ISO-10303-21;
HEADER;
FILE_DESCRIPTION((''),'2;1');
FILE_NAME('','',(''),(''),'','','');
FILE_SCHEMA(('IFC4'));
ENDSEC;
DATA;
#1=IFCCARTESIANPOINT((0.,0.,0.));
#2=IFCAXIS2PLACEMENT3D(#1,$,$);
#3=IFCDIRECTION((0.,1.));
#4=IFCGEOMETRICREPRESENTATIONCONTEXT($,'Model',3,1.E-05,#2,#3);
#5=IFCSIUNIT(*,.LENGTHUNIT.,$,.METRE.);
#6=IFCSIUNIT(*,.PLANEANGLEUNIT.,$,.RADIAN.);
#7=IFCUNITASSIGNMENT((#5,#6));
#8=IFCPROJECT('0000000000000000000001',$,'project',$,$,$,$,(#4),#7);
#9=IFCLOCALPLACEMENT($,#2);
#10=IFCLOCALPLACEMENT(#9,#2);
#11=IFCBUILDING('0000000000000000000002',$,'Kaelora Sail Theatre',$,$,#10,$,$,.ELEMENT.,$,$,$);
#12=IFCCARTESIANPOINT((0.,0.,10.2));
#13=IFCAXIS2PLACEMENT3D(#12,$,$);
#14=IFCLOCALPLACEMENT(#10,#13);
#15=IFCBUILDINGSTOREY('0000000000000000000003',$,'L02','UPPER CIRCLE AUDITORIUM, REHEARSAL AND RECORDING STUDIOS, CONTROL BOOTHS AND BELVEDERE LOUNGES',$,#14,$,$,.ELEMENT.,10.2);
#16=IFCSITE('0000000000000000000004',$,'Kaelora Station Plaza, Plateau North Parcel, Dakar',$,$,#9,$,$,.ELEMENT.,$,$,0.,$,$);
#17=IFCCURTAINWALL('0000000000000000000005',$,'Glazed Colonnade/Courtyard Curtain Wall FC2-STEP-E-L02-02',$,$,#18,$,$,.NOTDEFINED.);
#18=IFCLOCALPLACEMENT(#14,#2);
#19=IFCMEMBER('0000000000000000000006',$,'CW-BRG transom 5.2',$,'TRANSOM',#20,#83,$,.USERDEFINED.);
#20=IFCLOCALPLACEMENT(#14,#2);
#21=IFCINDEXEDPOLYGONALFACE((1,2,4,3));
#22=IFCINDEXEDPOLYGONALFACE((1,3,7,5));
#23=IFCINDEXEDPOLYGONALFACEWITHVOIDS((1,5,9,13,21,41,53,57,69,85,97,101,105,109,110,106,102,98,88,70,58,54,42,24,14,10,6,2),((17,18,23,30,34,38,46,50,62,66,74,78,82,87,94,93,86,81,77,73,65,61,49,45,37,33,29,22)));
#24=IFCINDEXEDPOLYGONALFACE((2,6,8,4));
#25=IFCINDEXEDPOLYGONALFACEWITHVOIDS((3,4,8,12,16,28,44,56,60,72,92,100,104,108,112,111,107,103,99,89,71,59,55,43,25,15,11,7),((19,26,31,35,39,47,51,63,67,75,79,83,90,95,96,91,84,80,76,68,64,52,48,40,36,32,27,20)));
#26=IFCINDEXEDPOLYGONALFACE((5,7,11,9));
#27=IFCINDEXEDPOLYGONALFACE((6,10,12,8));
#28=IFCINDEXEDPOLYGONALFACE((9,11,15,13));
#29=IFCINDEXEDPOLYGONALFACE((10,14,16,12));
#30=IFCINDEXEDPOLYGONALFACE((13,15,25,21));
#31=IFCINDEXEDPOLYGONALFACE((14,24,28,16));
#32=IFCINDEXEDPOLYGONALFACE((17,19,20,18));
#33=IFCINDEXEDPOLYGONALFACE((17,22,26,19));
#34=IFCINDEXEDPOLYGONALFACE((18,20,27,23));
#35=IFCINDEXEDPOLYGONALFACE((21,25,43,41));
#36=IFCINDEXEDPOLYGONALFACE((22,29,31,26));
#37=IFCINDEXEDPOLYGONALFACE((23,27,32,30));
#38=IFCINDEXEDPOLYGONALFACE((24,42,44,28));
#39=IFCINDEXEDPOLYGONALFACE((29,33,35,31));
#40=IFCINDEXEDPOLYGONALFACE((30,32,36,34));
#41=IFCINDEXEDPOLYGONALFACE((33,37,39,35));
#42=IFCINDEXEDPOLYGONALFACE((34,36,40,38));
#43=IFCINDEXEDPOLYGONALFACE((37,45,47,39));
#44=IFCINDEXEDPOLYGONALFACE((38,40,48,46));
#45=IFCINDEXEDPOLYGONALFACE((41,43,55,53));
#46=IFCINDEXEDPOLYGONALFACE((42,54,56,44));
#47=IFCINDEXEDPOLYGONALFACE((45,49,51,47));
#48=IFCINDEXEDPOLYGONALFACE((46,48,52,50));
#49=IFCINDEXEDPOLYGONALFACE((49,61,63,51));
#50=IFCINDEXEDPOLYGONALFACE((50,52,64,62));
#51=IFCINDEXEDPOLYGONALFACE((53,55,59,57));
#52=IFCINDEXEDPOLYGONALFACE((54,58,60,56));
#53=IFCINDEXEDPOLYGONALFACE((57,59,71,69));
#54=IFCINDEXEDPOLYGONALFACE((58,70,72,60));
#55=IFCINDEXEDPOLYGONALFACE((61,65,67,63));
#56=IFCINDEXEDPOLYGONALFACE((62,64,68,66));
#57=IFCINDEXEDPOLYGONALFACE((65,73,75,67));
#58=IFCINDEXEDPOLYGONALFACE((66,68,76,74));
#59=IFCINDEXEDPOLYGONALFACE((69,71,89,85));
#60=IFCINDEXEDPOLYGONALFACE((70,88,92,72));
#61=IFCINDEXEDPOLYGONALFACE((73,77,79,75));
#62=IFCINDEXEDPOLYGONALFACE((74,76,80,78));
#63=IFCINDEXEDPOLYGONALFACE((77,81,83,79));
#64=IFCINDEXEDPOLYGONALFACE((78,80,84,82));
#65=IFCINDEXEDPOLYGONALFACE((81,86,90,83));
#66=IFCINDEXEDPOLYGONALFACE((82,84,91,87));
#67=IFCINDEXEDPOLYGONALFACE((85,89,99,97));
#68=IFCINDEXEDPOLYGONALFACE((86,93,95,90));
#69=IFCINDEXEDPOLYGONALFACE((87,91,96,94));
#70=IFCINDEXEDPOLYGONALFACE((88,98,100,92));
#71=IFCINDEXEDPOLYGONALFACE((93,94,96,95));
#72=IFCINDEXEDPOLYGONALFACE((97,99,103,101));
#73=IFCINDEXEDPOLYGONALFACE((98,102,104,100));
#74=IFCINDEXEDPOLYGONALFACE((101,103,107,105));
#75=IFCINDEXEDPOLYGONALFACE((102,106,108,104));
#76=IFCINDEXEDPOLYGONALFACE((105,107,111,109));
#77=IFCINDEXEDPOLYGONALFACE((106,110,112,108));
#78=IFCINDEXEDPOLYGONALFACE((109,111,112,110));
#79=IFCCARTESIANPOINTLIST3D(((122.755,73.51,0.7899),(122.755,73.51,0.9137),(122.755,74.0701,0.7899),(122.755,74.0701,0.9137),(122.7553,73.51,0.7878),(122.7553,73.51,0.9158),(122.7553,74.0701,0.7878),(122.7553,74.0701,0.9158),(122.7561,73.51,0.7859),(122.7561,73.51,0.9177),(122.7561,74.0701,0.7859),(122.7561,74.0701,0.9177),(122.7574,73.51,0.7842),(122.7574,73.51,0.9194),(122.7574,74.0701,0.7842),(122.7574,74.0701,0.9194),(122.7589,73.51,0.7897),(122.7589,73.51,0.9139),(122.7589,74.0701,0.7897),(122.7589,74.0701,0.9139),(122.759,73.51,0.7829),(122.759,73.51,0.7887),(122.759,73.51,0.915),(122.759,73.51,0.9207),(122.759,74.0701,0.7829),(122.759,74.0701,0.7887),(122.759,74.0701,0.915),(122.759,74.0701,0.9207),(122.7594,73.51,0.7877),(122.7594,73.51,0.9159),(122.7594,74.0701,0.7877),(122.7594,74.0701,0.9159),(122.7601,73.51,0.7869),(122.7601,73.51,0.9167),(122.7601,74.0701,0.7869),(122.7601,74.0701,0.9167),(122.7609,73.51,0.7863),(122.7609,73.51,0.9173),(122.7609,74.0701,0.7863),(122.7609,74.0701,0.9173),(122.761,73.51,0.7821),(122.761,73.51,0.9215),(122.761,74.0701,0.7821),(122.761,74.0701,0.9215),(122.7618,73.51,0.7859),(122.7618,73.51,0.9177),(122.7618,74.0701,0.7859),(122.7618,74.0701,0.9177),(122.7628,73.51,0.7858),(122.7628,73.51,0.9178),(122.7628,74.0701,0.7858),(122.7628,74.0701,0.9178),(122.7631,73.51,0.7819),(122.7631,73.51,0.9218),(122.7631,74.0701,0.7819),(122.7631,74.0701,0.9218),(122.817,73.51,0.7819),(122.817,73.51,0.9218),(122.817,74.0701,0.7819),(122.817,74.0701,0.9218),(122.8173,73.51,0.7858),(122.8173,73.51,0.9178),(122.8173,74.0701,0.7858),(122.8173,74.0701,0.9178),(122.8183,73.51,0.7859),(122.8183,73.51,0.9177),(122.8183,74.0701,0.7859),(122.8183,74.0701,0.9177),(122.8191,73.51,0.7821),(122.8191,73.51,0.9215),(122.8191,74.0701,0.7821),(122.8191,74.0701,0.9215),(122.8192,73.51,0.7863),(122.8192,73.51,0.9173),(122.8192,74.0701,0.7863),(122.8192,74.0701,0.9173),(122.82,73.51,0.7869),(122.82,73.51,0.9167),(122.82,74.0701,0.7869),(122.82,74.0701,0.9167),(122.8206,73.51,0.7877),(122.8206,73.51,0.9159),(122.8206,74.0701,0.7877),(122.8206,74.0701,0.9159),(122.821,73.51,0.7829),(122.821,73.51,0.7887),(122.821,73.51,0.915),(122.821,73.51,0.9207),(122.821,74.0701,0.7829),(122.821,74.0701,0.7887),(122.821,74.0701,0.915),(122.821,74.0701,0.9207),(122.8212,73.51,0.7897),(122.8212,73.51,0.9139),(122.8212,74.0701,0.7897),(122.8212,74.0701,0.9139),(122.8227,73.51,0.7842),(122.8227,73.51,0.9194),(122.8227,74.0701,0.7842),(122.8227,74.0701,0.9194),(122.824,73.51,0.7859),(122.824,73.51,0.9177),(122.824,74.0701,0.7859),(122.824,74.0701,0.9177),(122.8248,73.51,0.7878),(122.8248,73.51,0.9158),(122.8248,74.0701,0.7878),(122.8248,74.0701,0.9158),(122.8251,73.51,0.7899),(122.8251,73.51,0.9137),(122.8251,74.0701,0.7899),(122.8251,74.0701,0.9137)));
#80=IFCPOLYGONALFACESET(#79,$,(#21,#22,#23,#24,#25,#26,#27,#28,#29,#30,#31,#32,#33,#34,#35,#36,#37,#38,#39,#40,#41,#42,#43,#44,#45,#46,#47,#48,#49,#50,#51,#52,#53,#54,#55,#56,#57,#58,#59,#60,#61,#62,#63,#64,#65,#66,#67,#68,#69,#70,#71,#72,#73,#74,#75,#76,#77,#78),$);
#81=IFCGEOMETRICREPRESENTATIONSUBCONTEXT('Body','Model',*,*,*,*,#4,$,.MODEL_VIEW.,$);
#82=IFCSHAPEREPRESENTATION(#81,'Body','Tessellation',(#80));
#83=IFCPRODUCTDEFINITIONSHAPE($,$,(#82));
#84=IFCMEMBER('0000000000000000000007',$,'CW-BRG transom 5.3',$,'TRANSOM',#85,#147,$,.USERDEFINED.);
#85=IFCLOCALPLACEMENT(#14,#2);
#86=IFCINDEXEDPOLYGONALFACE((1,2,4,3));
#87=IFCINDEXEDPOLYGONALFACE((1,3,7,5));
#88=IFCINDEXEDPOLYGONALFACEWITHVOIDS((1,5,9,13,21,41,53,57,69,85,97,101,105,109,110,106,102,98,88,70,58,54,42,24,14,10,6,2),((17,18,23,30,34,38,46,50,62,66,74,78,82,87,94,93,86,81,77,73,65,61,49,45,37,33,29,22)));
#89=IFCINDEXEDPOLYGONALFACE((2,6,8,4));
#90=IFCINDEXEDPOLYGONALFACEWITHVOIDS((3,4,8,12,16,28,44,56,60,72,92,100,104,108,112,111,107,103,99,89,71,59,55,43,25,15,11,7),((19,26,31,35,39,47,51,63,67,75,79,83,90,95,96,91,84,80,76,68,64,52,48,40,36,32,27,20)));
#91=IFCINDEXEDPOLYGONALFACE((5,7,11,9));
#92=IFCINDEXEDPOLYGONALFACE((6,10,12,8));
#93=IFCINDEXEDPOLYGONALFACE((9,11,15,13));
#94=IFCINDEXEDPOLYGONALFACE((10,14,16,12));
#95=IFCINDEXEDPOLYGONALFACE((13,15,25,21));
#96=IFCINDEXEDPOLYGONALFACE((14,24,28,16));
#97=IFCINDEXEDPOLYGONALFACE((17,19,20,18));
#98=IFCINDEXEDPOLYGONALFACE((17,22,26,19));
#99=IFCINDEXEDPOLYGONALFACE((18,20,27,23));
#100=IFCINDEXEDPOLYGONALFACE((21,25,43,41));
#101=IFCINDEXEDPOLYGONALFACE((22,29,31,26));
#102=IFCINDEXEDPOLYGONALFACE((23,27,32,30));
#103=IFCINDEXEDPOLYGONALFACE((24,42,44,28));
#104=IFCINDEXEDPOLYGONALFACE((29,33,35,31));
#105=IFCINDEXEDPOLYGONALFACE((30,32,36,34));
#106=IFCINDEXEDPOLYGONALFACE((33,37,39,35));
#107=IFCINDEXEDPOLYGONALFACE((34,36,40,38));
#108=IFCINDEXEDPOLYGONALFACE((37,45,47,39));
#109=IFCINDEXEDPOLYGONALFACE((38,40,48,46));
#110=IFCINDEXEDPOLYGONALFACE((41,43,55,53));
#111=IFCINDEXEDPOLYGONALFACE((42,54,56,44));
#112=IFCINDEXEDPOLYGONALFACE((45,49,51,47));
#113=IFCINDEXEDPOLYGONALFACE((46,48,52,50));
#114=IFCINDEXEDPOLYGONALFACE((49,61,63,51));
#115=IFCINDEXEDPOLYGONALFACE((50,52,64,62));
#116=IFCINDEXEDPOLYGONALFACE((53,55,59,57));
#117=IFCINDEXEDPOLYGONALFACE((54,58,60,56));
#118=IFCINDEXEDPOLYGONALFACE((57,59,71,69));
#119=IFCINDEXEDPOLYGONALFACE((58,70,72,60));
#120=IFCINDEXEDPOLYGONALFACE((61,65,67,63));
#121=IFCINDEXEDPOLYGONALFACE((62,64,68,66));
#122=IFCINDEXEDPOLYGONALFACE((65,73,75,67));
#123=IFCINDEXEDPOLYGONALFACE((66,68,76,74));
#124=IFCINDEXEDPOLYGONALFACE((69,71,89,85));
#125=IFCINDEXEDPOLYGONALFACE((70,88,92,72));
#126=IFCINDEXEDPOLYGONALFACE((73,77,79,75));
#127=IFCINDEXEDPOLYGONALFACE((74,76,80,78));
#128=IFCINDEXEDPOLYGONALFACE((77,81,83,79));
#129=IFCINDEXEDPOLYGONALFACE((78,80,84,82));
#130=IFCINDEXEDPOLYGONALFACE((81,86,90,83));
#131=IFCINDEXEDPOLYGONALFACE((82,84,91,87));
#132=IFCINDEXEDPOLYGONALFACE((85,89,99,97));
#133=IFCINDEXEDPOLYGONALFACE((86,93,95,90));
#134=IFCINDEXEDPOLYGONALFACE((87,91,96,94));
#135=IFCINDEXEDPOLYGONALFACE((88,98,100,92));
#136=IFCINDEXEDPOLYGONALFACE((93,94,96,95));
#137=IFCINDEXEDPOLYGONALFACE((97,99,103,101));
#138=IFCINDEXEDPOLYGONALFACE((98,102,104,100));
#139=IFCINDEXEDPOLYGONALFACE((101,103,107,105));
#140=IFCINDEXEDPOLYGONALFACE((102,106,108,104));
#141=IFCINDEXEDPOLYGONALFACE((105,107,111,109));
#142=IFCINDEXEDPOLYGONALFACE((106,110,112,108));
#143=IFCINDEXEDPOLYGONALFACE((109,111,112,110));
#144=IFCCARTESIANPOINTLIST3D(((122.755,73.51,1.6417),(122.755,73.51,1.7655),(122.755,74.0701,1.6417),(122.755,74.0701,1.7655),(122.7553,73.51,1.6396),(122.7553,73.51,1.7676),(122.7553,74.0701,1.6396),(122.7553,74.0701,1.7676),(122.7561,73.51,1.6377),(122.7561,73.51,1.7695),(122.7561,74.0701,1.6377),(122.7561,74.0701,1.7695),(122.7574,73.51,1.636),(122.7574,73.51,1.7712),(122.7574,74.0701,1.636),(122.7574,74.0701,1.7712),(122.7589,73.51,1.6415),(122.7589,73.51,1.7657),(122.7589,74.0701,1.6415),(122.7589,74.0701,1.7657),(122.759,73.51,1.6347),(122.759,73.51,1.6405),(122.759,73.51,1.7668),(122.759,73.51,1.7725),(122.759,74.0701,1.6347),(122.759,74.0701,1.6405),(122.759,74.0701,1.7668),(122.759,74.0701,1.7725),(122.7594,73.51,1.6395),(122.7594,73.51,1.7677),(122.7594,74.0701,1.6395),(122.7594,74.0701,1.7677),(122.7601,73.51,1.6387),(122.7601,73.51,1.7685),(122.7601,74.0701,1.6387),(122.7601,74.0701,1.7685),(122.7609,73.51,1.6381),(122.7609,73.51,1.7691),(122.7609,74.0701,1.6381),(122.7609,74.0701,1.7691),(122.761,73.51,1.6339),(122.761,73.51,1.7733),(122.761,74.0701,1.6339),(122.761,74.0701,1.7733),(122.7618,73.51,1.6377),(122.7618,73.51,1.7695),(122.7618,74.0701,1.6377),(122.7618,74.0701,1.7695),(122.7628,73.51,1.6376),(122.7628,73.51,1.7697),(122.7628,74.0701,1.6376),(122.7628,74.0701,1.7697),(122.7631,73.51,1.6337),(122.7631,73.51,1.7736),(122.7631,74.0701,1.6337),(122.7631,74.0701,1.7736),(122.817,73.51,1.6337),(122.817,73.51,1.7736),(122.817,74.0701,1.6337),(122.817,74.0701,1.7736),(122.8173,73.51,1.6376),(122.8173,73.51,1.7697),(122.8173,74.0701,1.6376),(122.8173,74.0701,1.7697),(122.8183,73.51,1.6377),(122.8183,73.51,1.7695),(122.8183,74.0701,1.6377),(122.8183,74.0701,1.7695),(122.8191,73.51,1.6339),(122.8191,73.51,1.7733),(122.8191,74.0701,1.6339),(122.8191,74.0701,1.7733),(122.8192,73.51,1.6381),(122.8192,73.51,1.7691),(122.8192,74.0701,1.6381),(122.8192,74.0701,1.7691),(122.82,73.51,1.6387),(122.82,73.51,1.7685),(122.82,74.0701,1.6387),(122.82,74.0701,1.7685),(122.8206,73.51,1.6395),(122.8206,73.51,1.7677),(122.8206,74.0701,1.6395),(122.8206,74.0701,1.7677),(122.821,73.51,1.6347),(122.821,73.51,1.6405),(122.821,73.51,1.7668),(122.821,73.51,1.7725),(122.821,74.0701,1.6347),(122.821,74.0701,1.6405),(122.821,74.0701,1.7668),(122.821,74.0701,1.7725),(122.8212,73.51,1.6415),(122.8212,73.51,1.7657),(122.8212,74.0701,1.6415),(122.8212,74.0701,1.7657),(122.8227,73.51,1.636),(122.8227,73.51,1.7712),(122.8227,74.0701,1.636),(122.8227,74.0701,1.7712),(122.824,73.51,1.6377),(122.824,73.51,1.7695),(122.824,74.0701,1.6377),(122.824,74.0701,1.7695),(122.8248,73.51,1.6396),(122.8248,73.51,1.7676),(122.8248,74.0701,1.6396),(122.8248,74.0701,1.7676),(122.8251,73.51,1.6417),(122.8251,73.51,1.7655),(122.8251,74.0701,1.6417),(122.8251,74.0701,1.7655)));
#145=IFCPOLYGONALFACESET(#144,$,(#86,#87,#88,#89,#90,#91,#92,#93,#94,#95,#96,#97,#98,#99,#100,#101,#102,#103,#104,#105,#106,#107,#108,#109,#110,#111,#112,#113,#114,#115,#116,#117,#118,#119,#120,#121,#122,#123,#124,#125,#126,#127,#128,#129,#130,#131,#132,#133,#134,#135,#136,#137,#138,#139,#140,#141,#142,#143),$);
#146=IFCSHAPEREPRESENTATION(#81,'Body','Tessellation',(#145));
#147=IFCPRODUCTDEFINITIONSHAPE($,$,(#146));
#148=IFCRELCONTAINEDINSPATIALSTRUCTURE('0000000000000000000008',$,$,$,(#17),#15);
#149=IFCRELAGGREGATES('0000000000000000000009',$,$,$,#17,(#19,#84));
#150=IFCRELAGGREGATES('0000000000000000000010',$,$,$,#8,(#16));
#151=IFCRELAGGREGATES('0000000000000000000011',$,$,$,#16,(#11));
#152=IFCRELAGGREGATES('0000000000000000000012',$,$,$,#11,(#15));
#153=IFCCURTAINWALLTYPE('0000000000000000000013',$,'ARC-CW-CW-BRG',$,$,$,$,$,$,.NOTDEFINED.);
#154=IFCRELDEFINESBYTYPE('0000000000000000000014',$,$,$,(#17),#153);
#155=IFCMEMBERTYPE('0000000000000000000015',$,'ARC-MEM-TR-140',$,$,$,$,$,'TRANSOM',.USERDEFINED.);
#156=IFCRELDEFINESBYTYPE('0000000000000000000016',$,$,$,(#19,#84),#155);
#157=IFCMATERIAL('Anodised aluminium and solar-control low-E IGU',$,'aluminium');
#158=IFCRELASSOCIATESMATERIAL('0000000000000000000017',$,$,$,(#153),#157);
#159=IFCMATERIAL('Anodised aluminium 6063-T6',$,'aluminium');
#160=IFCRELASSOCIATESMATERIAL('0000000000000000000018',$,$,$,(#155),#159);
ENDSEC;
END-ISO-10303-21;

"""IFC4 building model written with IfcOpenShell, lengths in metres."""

from ifc_helpers import new_model, si_unit, direction, frame, origin, origin_2d, place, context, subcontext, project, spatial, hollow_rectangle, extrude, material, material_profile, profile_set, type_object, element, aggregate, save


model = new_model("IFC4")

# Units and contexts
model_context = context("Model", 3, precision=1e-05, world=origin(), true_north=direction((0.0, 1.0)))
body_context = subcontext(model_context, "Body", "Model", "MODEL_VIEW")
ifc_project = project(units=[si_unit("LENGTHUNIT", "METRE"), si_unit("PLANEANGLEUNIT", "RADIAN")], contexts=[model_context])

# Site, building, storey
site_placement = place(None, origin())
site = spatial("IfcSite", under=ifc_project, at=site_placement, Name="Kaelora Station Plaza, Plateau North Parcel, Dakar", CompositionType="ELEMENT", RefElevation=0.0)
building_placement = place(site_placement, origin())
building = spatial("IfcBuilding", under=site, at=building_placement, Name="Kaelora Sail Theatre", CompositionType="ELEMENT")
storey_placement = place(building_placement, frame((0.0, 0.0, 10.2)))
storey = spatial("IfcBuildingStorey", under=building, at=storey_placement, Name="L02", Description="UPPER CIRCLE AUDITORIUM, REHEARSAL AND RECORDING STUDIOS, CONTROL BOOTHS AND BELVEDERE LOUNGES", CompositionType="ELEMENT", Elevation=10.2)

# Curtain wall
ifc_material_1 = material(Name="Anodised aluminium and solar-control low-E IGU", Category="aluminium")
curtain_wall_type = type_object("IfcCurtainWallType", Name="ARC-CW-CW-BRG", PredefinedType="NOTDEFINED", material=ifc_material_1)
curtain_wall_1_placement = place(storey_placement, origin())
curtain_wall_1 = element("IfcCurtainWall", 1, at=curtain_wall_1_placement, inside=storey, type_object=curtain_wall_type, Name="Glazed Colonnade/Courtyard Curtain Wall FC2-STEP-E-L02-02", PredefinedType="NOTDEFINED")

# Members
ifc_material_2 = material(Name="Anodised aluminium 6063-T6", Category="aluminium")
ifc_material_profile_1 = material_profile(ifc_material_2, hollow_rectangle(XDim=0.0701, YDim=0.1399, WallThickness=0.0039, InnerFilletRadius=0.0039, OuterFilletRadius=0.0081, at=origin_2d()), Name="ALU-TRAN 70x140x4")
ifc_profile_set_1 = profile_set([ifc_material_profile_1], Name="Anodised aluminium 6063-T6")
member_type_1 = type_object("IfcMemberType", Name="ARC-MEM-TR-140", ElementType="TRANSOM", PredefinedType="USERDEFINED", material=ifc_profile_set_1)
member_1_placement = place(storey_placement, frame((122.79, 73.51, 0.8518), z_axis=(0.0, 1.0, 0.0), x_axis=(-1.0, 0.0, 0.0)))
member_1 = element("IfcMember", 2, at=member_1_placement, type_object=member_type_1, Name="CW-BRG transom 5.2", ObjectType="TRANSOM", PredefinedType="USERDEFINED", context=body_context, shape_type="SweptSolid", body=[
    extrude(hollow_rectangle(XDim=0.0701, YDim=0.1399, WallThickness=0.0039, InnerFilletRadius=0.0039, OuterFilletRadius=0.0081, at=origin_2d()), origin(), (0.0, 0.0, 1.0), 0.5601),
])
member_2_placement = place(storey_placement, frame((122.79, 73.51, 1.7036), z_axis=(0.0, 1.0, 0.0), x_axis=(-1.0, 0.0, 0.0)))
member_2 = element("IfcMember", 3, at=member_2_placement, type_object=member_type_1, Name="CW-BRG transom 5.3", ObjectType="TRANSOM", PredefinedType="USERDEFINED", context=body_context, shape_type="SweptSolid", body=[
    extrude(hollow_rectangle(XDim=0.0701, YDim=0.1399, WallThickness=0.0039, InnerFilletRadius=0.0039, OuterFilletRadius=0.0081, at=origin_2d()), origin(), (0.0, 0.0, 1.0), 0.5601),
])

aggregate(curtain_wall_1, [member_1, member_2])

save(model, "model.ifc")
